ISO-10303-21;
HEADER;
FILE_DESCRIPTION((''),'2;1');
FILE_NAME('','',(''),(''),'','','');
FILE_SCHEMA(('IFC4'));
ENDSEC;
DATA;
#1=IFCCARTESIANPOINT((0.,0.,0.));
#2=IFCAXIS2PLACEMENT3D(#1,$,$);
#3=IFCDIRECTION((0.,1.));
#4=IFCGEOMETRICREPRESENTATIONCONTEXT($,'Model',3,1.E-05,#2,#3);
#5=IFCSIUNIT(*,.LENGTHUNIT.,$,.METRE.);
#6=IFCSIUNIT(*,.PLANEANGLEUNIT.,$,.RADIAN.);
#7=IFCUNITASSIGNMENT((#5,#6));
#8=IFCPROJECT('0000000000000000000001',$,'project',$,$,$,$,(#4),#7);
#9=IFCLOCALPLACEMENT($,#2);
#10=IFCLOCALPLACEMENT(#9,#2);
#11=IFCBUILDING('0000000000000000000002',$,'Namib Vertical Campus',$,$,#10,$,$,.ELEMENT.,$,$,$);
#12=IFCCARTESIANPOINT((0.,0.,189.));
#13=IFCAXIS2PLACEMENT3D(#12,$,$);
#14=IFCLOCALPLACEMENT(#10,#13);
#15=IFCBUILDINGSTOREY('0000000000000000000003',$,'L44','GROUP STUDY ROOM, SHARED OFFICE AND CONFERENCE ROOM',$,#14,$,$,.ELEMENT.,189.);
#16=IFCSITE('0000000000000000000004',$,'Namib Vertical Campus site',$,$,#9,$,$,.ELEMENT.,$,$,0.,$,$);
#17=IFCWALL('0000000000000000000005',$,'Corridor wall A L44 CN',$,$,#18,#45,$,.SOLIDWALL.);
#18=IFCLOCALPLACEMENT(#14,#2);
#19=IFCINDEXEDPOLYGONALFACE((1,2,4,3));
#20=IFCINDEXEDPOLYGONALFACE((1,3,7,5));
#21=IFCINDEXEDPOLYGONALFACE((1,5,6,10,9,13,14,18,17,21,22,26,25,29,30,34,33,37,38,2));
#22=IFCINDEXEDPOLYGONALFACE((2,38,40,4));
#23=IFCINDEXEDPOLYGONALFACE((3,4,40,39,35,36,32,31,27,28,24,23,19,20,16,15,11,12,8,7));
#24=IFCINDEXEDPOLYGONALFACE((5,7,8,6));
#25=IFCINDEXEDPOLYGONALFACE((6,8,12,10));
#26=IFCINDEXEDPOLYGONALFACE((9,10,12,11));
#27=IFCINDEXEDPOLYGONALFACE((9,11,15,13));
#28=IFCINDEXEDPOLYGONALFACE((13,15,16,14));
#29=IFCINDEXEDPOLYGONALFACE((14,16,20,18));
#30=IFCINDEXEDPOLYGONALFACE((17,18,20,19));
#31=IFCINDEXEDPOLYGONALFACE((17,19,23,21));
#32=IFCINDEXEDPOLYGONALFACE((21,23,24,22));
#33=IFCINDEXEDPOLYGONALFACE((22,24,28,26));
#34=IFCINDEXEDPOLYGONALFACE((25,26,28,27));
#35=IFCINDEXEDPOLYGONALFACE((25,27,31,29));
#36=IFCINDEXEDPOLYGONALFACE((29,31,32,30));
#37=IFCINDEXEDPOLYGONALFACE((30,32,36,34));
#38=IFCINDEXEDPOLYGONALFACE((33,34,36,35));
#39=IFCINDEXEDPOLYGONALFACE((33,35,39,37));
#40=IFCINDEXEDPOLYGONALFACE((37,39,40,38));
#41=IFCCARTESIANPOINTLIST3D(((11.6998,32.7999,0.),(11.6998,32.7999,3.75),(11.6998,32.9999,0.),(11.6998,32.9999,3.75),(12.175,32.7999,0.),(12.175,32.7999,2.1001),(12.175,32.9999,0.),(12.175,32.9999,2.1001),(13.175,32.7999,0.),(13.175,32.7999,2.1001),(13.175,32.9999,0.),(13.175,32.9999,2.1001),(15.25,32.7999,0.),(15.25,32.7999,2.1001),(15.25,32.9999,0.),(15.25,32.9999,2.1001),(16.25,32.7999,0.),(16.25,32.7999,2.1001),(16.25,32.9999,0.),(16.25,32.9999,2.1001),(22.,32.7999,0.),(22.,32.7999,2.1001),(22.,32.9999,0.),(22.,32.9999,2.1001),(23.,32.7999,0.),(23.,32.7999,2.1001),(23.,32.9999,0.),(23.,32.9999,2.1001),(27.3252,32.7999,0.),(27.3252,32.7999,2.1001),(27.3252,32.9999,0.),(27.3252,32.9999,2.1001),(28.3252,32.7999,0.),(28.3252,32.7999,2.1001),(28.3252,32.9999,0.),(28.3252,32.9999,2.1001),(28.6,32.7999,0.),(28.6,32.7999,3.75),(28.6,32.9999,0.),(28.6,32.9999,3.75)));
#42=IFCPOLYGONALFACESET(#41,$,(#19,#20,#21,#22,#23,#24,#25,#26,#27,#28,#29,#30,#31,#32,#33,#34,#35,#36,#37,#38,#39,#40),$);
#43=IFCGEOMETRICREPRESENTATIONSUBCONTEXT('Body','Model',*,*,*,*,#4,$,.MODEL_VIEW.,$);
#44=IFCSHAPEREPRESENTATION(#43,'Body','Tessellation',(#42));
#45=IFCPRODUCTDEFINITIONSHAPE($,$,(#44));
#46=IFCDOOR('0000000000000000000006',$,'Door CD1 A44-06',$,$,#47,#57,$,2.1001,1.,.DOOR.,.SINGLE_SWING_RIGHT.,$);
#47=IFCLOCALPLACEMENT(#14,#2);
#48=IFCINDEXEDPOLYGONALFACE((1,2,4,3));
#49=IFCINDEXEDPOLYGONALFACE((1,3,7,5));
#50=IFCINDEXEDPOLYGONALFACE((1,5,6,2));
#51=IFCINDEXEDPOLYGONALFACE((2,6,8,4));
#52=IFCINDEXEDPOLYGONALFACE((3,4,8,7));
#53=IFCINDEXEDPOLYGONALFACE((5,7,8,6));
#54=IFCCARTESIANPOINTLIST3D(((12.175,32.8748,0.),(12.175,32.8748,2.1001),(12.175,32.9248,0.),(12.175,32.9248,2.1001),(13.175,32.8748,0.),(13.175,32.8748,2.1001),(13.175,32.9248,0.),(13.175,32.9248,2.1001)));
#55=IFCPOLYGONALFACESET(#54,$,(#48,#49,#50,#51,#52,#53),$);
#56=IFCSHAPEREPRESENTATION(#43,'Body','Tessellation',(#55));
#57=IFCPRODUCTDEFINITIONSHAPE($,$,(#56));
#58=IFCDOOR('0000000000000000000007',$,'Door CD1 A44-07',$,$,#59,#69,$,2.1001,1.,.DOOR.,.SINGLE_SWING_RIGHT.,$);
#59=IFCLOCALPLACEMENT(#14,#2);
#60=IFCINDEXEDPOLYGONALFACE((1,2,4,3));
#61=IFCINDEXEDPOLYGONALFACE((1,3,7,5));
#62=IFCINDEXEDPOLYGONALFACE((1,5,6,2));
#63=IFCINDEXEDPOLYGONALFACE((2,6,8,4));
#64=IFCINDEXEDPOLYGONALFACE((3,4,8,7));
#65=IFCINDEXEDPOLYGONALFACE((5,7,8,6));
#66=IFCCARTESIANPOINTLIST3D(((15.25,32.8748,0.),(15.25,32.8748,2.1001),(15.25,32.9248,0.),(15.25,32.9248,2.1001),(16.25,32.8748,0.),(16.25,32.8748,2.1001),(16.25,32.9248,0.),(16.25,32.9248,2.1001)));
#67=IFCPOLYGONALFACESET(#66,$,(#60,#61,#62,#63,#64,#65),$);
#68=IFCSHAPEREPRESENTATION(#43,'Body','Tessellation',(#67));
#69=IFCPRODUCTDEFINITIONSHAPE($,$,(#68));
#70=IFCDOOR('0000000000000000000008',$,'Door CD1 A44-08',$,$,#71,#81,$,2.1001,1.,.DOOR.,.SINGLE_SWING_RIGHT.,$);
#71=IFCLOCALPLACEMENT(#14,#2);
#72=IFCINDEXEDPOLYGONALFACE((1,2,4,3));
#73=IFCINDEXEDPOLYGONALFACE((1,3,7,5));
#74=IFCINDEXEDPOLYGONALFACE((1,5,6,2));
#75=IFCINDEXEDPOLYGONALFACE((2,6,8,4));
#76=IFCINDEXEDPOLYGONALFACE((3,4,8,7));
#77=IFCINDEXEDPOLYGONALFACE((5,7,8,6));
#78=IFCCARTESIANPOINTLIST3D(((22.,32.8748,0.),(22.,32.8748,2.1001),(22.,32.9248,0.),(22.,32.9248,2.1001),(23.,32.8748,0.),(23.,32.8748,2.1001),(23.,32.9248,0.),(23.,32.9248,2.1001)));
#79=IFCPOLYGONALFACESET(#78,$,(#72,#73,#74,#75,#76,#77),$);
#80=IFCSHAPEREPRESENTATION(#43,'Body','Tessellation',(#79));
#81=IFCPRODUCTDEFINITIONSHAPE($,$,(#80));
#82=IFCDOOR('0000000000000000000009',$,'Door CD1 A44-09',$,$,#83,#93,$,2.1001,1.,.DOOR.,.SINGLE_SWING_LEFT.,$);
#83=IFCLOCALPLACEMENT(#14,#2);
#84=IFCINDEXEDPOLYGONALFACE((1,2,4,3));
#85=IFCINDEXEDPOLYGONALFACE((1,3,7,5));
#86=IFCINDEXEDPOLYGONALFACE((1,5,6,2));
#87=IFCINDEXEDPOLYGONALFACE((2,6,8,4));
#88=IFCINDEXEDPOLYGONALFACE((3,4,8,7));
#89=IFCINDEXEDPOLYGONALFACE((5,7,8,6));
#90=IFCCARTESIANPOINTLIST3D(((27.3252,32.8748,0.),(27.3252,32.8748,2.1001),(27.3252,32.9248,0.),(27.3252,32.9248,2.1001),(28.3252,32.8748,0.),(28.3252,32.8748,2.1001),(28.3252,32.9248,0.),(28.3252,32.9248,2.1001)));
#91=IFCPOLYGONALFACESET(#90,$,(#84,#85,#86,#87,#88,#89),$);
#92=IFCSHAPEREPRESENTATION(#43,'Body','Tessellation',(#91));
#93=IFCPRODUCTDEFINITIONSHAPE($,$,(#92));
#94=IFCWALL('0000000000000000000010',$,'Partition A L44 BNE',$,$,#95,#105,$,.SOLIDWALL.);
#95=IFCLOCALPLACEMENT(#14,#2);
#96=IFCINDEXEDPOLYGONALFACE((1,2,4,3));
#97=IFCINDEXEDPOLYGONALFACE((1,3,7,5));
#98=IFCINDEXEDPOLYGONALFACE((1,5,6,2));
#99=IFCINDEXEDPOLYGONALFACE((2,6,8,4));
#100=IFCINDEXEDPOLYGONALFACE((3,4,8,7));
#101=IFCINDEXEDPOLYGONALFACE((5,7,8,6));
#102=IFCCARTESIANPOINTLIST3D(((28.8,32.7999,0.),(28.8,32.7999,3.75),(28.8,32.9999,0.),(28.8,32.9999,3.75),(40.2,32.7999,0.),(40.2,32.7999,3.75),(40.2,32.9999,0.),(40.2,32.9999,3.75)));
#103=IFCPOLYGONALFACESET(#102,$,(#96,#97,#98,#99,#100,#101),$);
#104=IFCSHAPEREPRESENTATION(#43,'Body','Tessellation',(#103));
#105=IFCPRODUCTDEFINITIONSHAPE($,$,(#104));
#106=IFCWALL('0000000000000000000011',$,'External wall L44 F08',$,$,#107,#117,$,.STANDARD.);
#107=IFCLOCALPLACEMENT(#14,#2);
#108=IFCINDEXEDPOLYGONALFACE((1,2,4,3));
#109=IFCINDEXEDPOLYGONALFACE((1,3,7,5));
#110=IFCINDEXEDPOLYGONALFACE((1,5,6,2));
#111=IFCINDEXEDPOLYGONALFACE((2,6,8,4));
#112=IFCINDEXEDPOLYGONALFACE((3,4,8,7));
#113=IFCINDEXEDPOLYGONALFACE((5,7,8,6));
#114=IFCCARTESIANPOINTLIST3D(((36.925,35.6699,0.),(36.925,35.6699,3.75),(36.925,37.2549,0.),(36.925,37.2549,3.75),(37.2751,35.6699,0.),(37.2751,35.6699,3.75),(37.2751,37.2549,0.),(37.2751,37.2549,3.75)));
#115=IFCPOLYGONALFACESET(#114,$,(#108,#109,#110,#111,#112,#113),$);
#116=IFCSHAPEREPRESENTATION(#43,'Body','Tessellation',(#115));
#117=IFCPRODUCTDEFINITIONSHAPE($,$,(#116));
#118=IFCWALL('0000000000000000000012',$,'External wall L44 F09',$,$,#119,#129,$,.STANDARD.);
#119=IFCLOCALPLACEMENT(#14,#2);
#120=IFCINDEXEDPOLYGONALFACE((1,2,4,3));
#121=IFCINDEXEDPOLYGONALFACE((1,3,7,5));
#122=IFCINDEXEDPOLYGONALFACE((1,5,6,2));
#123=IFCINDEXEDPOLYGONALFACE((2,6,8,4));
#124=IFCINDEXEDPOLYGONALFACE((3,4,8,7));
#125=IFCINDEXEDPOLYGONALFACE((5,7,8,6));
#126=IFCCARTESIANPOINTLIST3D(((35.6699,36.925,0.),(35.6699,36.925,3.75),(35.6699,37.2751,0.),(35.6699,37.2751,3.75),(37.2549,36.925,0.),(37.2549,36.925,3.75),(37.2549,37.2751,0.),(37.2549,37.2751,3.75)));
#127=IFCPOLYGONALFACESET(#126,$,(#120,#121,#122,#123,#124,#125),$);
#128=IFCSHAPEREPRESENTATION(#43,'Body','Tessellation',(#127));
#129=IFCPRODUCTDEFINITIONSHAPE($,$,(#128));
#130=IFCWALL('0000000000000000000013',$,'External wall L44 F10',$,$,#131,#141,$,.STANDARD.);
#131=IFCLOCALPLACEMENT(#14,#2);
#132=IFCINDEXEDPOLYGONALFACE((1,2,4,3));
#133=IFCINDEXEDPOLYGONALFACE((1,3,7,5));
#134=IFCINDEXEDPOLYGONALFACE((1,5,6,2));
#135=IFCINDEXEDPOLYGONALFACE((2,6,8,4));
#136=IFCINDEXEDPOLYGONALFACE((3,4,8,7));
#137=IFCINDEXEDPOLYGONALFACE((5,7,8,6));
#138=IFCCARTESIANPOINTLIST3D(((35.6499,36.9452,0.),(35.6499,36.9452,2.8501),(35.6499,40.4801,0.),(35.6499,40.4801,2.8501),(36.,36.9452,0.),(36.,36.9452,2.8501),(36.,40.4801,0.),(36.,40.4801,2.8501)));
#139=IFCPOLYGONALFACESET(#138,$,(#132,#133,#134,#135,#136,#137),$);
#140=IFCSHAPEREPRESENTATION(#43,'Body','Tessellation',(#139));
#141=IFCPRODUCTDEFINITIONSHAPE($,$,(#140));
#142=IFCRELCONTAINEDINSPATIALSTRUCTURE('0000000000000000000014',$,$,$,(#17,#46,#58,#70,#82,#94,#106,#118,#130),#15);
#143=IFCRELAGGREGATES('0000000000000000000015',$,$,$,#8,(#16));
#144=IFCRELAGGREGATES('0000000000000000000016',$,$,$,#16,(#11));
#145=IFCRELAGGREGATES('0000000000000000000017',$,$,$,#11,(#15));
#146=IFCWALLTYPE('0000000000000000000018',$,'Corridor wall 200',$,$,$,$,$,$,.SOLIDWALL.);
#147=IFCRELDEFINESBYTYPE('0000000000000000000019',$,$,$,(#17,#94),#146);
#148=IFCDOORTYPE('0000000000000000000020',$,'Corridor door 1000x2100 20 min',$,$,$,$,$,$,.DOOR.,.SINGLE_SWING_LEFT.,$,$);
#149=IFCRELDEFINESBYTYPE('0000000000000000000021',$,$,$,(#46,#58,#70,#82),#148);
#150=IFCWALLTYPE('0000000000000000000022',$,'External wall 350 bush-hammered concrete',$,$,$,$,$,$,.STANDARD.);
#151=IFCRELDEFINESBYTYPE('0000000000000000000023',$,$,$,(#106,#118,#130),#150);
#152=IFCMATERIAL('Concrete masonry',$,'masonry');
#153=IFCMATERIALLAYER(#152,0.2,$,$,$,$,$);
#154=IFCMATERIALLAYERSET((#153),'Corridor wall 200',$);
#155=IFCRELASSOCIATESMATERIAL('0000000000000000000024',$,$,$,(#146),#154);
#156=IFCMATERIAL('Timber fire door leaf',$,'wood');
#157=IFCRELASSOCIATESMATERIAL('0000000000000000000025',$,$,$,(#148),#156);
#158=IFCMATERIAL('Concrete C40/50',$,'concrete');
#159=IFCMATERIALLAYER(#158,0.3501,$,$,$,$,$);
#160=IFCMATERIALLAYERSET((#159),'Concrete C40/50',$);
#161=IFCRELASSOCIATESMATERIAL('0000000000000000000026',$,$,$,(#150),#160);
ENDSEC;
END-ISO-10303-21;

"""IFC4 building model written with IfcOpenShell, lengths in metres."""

from ifc_helpers import new_model, si_unit, direction, frame, frame_2d, origin, place, context, subcontext, project, spatial, rectangle, extrude, material, layer, layer_set, type_object, element, fill, save


model = new_model("IFC4")

# Units and contexts
model_context = context("Model", 3, precision=1e-05, world=origin(), true_north=direction((0.0, 1.0)))
body_context = subcontext(model_context, "Body", "Model", "MODEL_VIEW")
ifc_project = project(units=[si_unit("LENGTHUNIT", "METRE"), si_unit("PLANEANGLEUNIT", "RADIAN")], contexts=[model_context])

# Site, building, storey
site_placement = place(None, origin())
site = spatial("IfcSite", under=ifc_project, at=site_placement, Name="Namib Vertical Campus site", CompositionType="ELEMENT", RefElevation=0.0)
building_placement = place(site_placement, origin())
building = spatial("IfcBuilding", under=site, at=building_placement, Name="Namib Vertical Campus", CompositionType="ELEMENT")
storey_placement = place(building_placement, frame((0.0, 0.0, 189.0)))
storey = spatial("IfcBuildingStorey", under=building, at=storey_placement, Name="L44", Description="GROUP STUDY ROOM, SHARED OFFICE AND CONFERENCE ROOM", CompositionType="ELEMENT", Elevation=189.0)

# Wall, openings, doors
ifc_material_1 = material(Name="Concrete masonry", Category="masonry")
ifc_layer_1 = layer(ifc_material_1, 0.2)
ifc_layer_set_1 = layer_set([ifc_layer_1], Name="Corridor wall 200")
wall_type_1 = type_object("IfcWallType", Name="Corridor wall 200", PredefinedType="SOLIDWALL", material=ifc_layer_set_1)
wall_1_placement = place(storey_placement, frame((28.6001, 32.8999, 0.0), z_axis=(0.0, 0.0, 1.0), x_axis=(-1.0, 0.0, 0.0)))
wall_1 = element("IfcWall", 1, at=wall_1_placement, inside=storey, type_object=wall_type_1, Name="Corridor wall A L44 CN", PredefinedType="SOLIDWALL", context=body_context, shape_type="SweptSolid", body=[
    extrude(rectangle(XDim=16.9001, YDim=0.2, at=frame_2d((8.4502, 0.0))), origin(), (0.0, 0.0, 1.0), 3.75),
])
opening_1_placement = place(wall_1_placement, frame((15.425, 0.0, 0.0)))
opening_1 = element("IfcOpeningElement", 2, at=opening_1_placement, cuts=wall_1, PredefinedType="OPENING", context=body_context, shape_type="SweptSolid", body=[
    extrude(rectangle(XDim=1.0, YDim=2.1001, at=frame_2d((0.5, 1.05))), frame((0.0, 0.1099, 0.0), z_axis=(0.0, -1.0, 0.0), x_axis=(1.0, 0.0, 0.0)), (0.0, 0.0, 1.0), 0.22),
])
opening_2_placement = place(wall_1_placement, frame((12.3501, 0.0, 0.0)))
opening_2 = element("IfcOpeningElement", 3, at=opening_2_placement, cuts=wall_1, PredefinedType="OPENING", context=body_context, shape_type="SweptSolid", body=[
    extrude(rectangle(XDim=1.0, YDim=2.1001, at=frame_2d((0.5, 1.05))), frame((0.0, 0.1099, 0.0), z_axis=(0.0, -1.0, 0.0), x_axis=(1.0, 0.0, 0.0)), (0.0, 0.0, 1.0), 0.22),
])
opening_3_placement = place(wall_1_placement, frame((5.6001, 0.0, 0.0)))
opening_3 = element("IfcOpeningElement", 4, at=opening_3_placement, cuts=wall_1, PredefinedType="OPENING", context=body_context, shape_type="SweptSolid", body=[
    extrude(rectangle(XDim=1.0, YDim=2.1001, at=frame_2d((0.5, 1.05))), frame((0.0, 0.1099, 0.0), z_axis=(0.0, -1.0, 0.0), x_axis=(1.0, 0.0, 0.0)), (0.0, 0.0, 1.0), 0.22),
])
opening_4_placement = place(wall_1_placement, frame((0.2749, 0.0, 0.0)))
opening_4 = element("IfcOpeningElement", 5, at=opening_4_placement, cuts=wall_1, PredefinedType="OPENING", context=body_context, shape_type="SweptSolid", body=[
    extrude(rectangle(XDim=1.0, YDim=2.1001, at=frame_2d((0.5, 1.05))), frame((0.0, 0.1099, 0.0), z_axis=(0.0, -1.0, 0.0), x_axis=(1.0, 0.0, 0.0)), (0.0, 0.0, 1.0), 0.22),
])
ifc_material_2 = material(Name="Timber fire door leaf", Category="wood")
door_type = type_object("IfcDoorType", Name="Corridor door 1000x2100 20 min", OperationType="SINGLE_SWING_LEFT", PredefinedType="DOOR", material=ifc_material_2)
door_1_placement = place(opening_1_placement, frame((1.0, 0.0, 0.0), z_axis=(0.0, 0.0, 1.0), x_axis=(-1.0, 0.0, 0.0)))
door_1 = element("IfcDoor", 6, at=door_1_placement, inside=storey, type_object=door_type, Name="Door CD1 A44-06", OperationType="SINGLE_SWING_RIGHT", OverallHeight=2.1001, OverallWidth=1.0, PredefinedType="DOOR", context=body_context, shape_type="SweptSolid", body=[
    extrude(rectangle(XDim=1.0, YDim=2.1001, at=frame_2d((0.5, 1.05))), frame((0.0, 0.0249, 0.0), z_axis=(0.0, -1.0, 0.0), x_axis=(1.0, 0.0, 0.0)), (0.0, 0.0, 1.0), 0.05),
])
fill(opening_1, door_1)
door_2_placement = place(opening_2_placement, frame((1.0, 0.0, 0.0), z_axis=(0.0, 0.0, 1.0), x_axis=(-1.0, 0.0, 0.0)))
door_2 = element("IfcDoor", 7, at=door_2_placement, inside=storey, type_object=door_type, Name="Door CD1 A44-07", OperationType="SINGLE_SWING_RIGHT", OverallHeight=2.1001, OverallWidth=1.0, PredefinedType="DOOR", context=body_context, shape_type="SweptSolid", body=[
    extrude(rectangle(XDim=1.0, YDim=2.1001, at=frame_2d((0.5, 1.05))), frame((0.0, 0.0249, 0.0), z_axis=(0.0, -1.0, 0.0), x_axis=(1.0, 0.0, 0.0)), (0.0, 0.0, 1.0), 0.05),
])
fill(opening_2, door_2)
door_3_placement = place(opening_3_placement, frame((1.0, 0.0, 0.0), z_axis=(0.0, 0.0, 1.0), x_axis=(-1.0, 0.0, 0.0)))
door_3 = element("IfcDoor", 8, at=door_3_placement, inside=storey, type_object=door_type, Name="Door CD1 A44-08", OperationType="SINGLE_SWING_RIGHT", OverallHeight=2.1001, OverallWidth=1.0, PredefinedType="DOOR", context=body_context, shape_type="SweptSolid", body=[
    extrude(rectangle(XDim=1.0, YDim=2.1001, at=frame_2d((0.5, 1.05))), frame((0.0, 0.0249, 0.0), z_axis=(0.0, -1.0, 0.0), x_axis=(1.0, 0.0, 0.0)), (0.0, 0.0, 1.0), 0.05),
])
fill(opening_3, door_3)
door_4_placement = place(opening_4_placement, frame((1.0, 0.0, 0.0), z_axis=(0.0, 0.0, 1.0), x_axis=(-1.0, 0.0, 0.0)))
door_4 = element("IfcDoor", 9, at=door_4_placement, inside=storey, type_object=door_type, Name="Door CD1 A44-09", OperationType="SINGLE_SWING_LEFT", OverallHeight=2.1001, OverallWidth=1.0, PredefinedType="DOOR", context=body_context, shape_type="SweptSolid", body=[
    extrude(rectangle(XDim=1.0, YDim=2.1001, at=frame_2d((0.5, 1.05))), frame((0.0, 0.0249, 0.0), z_axis=(0.0, -1.0, 0.0), x_axis=(1.0, 0.0, 0.0)), (0.0, 0.0, 1.0), 0.05),
])
fill(opening_4, door_4)

# Walls
wall_2_placement = place(storey_placement, frame((28.8, 32.8999, 0.0), z_axis=(0.0, 0.0, 1.0), x_axis=(1.0, 0.0, 0.0)))
element("IfcWall", 10, at=wall_2_placement, inside=storey, type_object=wall_type_1, Name="Partition A L44 BNE", PredefinedType="SOLIDWALL", context=body_context, shape_type="SweptSolid", body=[
    extrude(rectangle(XDim=11.3999, YDim=0.2, at=frame_2d((5.7, 0.0))), origin(), (0.0, 0.0, 1.0), 3.75),
])
ifc_material_3 = material(Name="Concrete C40/50", Category="concrete")
ifc_layer_2 = layer(ifc_material_3, 0.3501)
ifc_layer_set_2 = layer_set([ifc_layer_2], Name="Concrete C40/50")
wall_type_2 = type_object("IfcWallType", Name="External wall 350 bush-hammered concrete", PredefinedType="STANDARD", material=ifc_layer_set_2)
for number, where, z_axis, x_axis, name in (
    (11, (37.1001, 35.6699, 0.0), (0.0, 0.0, 1.0), (0.0, 1.0, 0.0), "External wall L44 F08"),
    (12, (37.2549, 37.1001, 0.0), (0.0, 0.0, 1.0), (-1.0, 0.0, 0.0), "External wall L44 F09"),
):
    element("IfcWall", number, at=place(storey_placement, frame(where, z_axis=z_axis, x_axis=x_axis)), inside=storey, type_object=wall_type_2, Name=name, PredefinedType="STANDARD", context=body_context, shape_type="SweptSolid", body=[
        extrude(rectangle(XDim=1.585, YDim=0.3501, at=frame_2d((0.7925, 0.0))), origin(), (0.0, 0.0, 1.0), 3.75),
    ])
wall_3_placement = place(storey_placement, frame((35.825, 36.9451, 0.0), z_axis=(0.0, 0.0, 1.0), x_axis=(0.0, 1.0, 0.0)))
element("IfcWall", 13, at=wall_3_placement, inside=storey, type_object=wall_type_2, Name="External wall L44 F10", PredefinedType="STANDARD", context=body_context, shape_type="SweptSolid", body=[
    extrude(rectangle(XDim=3.5349, YDim=0.3501, at=frame_2d((1.7676, 0.0))), origin(), (0.0, 0.0, 1.0), 2.8501),
])

save(model, "model.ifc")
